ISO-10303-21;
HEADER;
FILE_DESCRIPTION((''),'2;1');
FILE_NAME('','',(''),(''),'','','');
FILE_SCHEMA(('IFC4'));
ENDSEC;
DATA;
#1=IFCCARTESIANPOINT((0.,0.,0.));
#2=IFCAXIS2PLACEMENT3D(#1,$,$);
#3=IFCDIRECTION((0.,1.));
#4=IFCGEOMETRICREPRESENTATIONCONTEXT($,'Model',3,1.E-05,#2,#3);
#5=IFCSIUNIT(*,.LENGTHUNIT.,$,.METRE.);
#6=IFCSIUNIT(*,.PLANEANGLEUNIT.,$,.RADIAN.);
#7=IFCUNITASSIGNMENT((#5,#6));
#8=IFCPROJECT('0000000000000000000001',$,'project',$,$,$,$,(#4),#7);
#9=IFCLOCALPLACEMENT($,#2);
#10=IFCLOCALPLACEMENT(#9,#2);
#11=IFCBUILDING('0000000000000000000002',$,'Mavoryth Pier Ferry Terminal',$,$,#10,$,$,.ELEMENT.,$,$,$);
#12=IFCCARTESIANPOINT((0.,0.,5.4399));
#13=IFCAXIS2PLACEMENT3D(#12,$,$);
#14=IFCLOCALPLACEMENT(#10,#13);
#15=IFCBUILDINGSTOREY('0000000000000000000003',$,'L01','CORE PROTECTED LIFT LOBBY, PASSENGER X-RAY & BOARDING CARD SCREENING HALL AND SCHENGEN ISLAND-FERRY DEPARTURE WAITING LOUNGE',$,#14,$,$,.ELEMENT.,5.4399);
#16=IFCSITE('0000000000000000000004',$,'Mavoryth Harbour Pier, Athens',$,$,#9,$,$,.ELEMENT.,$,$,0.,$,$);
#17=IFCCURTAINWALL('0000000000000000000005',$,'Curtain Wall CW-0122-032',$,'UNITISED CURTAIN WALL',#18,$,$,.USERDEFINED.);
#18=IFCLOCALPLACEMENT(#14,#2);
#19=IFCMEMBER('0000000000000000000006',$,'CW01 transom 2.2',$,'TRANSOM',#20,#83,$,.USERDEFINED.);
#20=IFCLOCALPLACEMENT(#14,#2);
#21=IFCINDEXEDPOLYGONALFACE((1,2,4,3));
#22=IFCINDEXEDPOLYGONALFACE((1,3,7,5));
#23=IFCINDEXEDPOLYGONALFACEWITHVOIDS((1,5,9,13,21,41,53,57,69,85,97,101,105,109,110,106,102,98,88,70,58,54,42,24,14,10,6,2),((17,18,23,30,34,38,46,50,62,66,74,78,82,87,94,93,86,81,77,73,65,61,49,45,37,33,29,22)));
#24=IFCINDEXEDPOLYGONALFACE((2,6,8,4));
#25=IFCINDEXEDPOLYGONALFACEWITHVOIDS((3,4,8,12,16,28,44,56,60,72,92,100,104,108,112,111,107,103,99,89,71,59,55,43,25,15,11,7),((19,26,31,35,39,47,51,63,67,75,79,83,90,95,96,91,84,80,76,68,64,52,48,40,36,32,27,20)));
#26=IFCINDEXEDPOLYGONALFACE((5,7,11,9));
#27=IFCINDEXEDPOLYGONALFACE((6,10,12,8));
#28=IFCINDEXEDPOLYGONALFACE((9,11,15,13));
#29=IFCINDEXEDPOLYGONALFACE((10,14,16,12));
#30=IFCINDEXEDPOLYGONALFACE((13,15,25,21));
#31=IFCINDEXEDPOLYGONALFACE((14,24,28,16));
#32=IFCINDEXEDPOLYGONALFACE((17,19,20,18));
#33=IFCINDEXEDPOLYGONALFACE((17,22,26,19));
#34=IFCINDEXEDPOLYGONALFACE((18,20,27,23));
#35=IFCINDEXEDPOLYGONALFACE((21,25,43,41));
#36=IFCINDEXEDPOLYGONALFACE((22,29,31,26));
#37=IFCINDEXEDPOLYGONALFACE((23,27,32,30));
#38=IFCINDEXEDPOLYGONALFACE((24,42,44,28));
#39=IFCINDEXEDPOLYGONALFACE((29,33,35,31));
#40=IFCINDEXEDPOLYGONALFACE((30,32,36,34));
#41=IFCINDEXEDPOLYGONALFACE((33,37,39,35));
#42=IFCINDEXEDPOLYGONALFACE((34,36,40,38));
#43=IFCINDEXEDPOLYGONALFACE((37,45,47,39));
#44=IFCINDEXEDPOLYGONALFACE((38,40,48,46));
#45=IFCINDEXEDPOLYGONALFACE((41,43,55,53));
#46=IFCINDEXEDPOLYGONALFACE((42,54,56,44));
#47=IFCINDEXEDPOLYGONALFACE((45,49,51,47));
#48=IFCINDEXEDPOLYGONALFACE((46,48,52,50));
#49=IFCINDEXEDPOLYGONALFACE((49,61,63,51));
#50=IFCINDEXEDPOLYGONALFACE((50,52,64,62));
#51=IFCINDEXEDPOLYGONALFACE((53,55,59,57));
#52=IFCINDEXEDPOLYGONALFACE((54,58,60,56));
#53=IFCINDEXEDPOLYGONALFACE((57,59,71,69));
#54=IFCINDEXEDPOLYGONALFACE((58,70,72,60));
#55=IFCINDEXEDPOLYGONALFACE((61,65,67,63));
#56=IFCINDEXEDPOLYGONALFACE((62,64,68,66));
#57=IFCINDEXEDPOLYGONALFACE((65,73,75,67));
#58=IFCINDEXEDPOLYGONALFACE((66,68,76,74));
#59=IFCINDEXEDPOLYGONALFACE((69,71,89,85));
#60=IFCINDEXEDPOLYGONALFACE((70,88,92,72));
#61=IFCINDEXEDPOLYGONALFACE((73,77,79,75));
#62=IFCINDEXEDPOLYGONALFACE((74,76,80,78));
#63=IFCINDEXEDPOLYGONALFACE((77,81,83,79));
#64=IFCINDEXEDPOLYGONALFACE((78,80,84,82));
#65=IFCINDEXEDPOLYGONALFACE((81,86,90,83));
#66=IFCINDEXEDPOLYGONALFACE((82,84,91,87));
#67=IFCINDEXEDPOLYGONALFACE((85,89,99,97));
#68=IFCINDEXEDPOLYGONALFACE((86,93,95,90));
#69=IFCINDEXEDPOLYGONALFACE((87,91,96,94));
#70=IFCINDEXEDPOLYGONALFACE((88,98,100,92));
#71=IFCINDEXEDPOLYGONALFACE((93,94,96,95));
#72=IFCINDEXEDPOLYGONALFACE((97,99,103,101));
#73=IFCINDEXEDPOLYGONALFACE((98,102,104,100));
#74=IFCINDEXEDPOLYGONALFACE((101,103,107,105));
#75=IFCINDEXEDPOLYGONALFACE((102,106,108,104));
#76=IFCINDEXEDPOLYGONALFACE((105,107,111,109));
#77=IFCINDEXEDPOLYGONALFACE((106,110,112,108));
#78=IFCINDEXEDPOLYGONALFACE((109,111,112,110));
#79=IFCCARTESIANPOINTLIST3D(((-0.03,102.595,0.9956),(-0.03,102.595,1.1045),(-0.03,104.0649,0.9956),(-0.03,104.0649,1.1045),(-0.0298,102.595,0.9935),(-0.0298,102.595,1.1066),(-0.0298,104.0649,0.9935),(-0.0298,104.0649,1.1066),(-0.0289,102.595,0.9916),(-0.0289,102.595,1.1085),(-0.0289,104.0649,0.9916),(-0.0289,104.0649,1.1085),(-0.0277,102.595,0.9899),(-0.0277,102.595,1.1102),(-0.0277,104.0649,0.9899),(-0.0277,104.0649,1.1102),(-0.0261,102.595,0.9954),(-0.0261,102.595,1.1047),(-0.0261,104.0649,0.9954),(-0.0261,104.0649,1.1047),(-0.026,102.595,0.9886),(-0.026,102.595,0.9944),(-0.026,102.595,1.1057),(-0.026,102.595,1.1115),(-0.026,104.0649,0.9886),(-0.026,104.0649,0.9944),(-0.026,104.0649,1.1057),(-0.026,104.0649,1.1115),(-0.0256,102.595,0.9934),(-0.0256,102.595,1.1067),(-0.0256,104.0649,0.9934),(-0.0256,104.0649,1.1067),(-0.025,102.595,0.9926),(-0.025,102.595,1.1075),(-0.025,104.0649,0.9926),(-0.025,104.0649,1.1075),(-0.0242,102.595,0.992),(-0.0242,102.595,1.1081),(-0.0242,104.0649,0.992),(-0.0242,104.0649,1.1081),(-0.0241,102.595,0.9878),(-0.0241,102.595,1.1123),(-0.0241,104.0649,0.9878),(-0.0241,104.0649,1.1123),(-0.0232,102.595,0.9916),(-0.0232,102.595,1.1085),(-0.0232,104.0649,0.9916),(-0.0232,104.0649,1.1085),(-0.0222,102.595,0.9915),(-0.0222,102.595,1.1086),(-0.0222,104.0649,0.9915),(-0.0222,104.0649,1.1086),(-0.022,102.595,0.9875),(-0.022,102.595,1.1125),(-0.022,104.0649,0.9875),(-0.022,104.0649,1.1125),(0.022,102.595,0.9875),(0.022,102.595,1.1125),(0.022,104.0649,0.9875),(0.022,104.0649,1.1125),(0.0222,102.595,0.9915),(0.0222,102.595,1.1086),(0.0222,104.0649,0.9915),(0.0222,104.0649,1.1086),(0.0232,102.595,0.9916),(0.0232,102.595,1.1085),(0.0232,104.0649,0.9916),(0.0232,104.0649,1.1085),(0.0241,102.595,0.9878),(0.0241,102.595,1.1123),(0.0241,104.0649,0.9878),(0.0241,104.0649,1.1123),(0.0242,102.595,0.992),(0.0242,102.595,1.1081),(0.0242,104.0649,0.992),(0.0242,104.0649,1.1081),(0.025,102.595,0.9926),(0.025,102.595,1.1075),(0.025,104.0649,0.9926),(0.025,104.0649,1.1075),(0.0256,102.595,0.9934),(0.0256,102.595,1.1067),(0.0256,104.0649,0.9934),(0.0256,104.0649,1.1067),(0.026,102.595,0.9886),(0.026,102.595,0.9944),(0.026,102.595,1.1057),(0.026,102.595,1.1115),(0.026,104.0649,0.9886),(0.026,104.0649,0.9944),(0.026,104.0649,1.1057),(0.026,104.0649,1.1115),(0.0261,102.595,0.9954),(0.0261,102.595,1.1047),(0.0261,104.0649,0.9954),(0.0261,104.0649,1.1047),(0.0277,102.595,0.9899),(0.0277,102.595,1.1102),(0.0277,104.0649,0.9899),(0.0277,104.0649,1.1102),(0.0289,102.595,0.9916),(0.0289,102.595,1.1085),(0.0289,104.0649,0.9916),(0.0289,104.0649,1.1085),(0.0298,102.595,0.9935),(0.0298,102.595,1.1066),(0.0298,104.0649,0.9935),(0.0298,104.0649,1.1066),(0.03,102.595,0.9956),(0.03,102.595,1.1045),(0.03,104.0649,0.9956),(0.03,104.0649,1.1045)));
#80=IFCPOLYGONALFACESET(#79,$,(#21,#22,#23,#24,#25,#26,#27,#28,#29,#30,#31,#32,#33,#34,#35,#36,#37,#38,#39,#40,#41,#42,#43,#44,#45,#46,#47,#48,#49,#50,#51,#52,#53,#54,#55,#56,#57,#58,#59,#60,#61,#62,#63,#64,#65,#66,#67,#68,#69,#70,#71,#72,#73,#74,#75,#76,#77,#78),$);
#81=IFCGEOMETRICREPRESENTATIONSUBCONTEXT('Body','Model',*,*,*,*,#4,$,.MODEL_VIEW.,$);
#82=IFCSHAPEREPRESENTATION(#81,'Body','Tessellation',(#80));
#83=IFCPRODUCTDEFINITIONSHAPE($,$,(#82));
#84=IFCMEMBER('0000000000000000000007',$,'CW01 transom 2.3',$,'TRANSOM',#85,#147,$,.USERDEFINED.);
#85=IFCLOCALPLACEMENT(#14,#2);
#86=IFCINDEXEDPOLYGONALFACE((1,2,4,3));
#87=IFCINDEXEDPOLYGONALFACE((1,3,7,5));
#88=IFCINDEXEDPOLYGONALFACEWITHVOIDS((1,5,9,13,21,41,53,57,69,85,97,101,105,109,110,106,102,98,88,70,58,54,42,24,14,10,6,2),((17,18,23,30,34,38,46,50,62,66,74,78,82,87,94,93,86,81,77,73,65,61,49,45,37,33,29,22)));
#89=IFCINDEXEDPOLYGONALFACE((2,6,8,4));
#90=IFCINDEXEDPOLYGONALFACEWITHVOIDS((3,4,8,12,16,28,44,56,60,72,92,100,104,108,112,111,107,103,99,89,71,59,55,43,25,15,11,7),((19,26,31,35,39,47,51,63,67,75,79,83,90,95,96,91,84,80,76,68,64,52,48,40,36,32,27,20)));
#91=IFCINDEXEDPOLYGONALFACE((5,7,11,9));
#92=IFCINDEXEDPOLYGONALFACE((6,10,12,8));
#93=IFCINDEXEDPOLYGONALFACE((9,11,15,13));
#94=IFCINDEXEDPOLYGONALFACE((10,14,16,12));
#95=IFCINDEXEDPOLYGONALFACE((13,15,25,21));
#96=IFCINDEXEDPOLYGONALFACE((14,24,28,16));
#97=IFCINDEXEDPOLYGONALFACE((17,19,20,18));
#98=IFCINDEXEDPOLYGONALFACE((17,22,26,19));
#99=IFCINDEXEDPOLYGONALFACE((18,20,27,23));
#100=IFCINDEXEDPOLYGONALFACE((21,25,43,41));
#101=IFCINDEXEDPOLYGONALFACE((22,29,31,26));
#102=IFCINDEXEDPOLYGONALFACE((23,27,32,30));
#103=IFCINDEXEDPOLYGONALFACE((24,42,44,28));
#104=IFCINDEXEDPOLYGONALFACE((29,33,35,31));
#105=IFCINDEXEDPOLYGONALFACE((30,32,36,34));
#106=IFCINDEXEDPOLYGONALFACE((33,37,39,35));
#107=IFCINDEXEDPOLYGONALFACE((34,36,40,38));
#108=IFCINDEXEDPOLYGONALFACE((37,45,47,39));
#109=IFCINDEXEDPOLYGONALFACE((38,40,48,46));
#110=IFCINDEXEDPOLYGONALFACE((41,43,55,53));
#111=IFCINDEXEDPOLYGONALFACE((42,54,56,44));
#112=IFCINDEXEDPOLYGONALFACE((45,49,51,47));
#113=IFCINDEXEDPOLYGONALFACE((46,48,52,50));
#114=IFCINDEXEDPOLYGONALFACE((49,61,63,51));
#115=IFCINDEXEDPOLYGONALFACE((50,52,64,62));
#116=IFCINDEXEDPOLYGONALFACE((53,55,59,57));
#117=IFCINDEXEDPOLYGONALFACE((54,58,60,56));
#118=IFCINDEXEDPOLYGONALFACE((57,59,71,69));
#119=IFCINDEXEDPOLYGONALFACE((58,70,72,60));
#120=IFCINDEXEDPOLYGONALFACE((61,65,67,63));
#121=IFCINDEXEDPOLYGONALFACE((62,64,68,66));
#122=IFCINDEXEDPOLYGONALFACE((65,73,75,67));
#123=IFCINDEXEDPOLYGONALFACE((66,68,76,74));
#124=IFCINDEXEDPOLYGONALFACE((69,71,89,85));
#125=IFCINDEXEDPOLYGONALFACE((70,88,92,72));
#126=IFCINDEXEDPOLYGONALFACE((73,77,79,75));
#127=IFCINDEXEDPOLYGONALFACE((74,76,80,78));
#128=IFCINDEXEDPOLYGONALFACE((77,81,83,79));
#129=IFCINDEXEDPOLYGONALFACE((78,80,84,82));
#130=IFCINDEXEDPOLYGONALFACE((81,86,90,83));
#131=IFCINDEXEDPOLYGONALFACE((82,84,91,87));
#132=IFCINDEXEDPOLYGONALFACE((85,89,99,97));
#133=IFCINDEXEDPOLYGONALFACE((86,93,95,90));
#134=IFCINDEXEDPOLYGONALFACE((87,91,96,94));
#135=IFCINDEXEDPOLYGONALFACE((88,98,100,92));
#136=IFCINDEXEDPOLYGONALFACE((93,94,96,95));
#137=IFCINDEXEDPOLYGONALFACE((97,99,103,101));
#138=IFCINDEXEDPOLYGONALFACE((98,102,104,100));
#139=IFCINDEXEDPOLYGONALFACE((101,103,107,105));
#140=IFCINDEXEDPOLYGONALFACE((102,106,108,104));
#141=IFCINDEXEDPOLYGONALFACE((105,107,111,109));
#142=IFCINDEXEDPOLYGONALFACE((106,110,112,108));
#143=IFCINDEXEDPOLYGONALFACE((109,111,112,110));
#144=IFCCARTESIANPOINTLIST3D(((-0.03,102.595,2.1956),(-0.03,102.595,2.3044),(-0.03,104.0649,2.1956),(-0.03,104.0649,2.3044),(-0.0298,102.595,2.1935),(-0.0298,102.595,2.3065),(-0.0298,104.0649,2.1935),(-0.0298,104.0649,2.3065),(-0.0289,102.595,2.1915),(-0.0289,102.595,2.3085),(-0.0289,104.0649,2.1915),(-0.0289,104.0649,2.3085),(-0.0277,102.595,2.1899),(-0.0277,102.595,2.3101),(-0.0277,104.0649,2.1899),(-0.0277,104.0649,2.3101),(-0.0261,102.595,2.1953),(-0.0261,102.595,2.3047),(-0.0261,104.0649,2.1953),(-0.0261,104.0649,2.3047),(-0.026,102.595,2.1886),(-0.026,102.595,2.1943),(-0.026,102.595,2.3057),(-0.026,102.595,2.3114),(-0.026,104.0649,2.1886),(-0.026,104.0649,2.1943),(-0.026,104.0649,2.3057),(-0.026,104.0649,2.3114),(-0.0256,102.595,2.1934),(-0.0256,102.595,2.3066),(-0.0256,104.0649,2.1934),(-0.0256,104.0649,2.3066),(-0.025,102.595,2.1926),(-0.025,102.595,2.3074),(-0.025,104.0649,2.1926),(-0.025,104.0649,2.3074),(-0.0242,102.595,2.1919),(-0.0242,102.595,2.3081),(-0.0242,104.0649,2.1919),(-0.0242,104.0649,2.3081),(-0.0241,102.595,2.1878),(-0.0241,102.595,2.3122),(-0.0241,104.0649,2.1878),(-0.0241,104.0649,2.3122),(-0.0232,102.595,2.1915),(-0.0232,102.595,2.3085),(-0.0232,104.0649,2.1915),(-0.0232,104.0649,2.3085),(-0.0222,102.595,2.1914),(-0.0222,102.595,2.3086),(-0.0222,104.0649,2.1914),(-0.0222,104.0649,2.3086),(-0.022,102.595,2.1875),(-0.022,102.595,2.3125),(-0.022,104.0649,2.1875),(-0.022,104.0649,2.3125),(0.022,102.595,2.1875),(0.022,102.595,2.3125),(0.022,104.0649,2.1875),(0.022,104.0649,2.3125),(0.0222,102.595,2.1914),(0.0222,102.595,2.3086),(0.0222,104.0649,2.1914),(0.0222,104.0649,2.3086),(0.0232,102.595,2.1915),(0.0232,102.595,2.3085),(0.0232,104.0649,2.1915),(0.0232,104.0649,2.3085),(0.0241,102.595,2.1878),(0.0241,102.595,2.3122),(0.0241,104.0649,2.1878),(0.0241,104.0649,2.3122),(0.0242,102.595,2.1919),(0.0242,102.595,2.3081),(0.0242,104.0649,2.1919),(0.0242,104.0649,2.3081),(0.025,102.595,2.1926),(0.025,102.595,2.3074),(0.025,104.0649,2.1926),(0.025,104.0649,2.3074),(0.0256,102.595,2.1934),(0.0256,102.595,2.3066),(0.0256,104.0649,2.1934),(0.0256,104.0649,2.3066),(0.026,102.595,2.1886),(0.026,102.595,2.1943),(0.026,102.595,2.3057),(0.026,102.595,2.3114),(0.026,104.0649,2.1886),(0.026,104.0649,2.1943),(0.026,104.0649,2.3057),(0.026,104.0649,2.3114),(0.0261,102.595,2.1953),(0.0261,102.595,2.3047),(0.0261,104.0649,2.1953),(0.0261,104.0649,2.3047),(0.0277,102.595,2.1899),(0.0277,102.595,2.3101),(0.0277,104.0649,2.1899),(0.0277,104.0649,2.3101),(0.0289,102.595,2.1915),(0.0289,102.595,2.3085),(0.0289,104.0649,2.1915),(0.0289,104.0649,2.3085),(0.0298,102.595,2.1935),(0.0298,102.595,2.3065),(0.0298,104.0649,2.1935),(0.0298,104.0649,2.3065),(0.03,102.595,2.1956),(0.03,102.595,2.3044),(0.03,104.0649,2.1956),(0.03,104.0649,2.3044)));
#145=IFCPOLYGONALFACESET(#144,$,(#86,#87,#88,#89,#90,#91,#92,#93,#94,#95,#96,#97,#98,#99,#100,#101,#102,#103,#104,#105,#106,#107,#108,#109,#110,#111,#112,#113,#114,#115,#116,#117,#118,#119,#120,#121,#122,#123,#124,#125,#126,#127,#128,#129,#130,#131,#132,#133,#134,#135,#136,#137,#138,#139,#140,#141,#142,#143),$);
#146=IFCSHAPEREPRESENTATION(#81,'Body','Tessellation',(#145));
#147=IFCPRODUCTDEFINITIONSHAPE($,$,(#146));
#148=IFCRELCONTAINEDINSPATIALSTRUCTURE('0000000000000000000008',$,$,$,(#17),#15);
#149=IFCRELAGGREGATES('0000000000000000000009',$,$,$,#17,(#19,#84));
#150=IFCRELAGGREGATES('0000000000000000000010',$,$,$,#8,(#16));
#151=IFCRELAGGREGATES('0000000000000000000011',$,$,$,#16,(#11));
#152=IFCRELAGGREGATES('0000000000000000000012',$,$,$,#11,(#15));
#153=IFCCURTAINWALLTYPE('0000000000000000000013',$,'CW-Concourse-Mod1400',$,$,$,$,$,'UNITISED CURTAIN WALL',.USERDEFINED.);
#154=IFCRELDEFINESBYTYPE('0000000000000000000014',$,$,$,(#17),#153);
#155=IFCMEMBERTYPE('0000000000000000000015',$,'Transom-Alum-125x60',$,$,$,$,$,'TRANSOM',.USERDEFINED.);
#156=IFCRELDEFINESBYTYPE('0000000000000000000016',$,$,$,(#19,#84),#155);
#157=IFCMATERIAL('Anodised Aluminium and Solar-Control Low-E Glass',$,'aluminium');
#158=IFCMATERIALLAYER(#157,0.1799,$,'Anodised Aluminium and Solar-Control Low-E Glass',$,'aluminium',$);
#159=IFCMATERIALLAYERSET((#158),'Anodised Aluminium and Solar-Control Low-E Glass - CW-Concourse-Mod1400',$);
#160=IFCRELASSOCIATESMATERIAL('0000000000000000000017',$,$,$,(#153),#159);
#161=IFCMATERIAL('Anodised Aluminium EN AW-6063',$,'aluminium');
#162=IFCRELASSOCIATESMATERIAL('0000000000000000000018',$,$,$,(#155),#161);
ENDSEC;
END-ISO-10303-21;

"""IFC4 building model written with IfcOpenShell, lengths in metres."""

from ifc_helpers import new_model, si_unit, direction, frame, origin, origin_2d, place, context, subcontext, project, spatial, hollow_rectangle, extrude, material, layer, layer_set, material_profile, profile_set, type_object, element, aggregate, save


model = new_model("IFC4")

# Units and contexts
model_context = context("Model", 3, precision=1e-05, world=origin(), true_north=direction((0.0, 1.0)))
body_context = subcontext(model_context, "Body", "Model", "MODEL_VIEW")
ifc_project = project(units=[si_unit("LENGTHUNIT", "METRE"), si_unit("PLANEANGLEUNIT", "RADIAN")], contexts=[model_context])

# Site, building, storey
site_placement = place(None, origin())
site = spatial("IfcSite", under=ifc_project, at=site_placement, Name="Mavoryth Harbour Pier, Athens", CompositionType="ELEMENT", RefElevation=0.0)
building_placement = place(site_placement, origin())
building = spatial("IfcBuilding", under=site, at=building_placement, Name="Mavoryth Pier Ferry Terminal", CompositionType="ELEMENT")
storey_placement = place(building_placement, frame((0.0, 0.0, 5.4399)))
storey = spatial("IfcBuildingStorey", under=building, at=storey_placement, Name="L01", Description="CORE PROTECTED LIFT LOBBY, PASSENGER X-RAY & BOARDING CARD SCREENING HALL AND SCHENGEN ISLAND-FERRY DEPARTURE WAITING LOUNGE", CompositionType="ELEMENT", Elevation=5.4399)

# Curtain wall
ifc_material_1 = material(Name="Anodised Aluminium and Solar-Control Low-E Glass", Category="aluminium")
ifc_layer_1 = layer(ifc_material_1, 0.1799, Name="Anodised Aluminium and Solar-Control Low-E Glass", Category="aluminium")
ifc_layer_set_1 = layer_set([ifc_layer_1], Name="Anodised Aluminium and Solar-Control Low-E Glass - CW-Concourse-Mod1400")
curtain_wall_type_1 = type_object("IfcCurtainWallType", Name="CW-Concourse-Mod1400", ElementType="UNITISED CURTAIN WALL", PredefinedType="USERDEFINED", material=ifc_layer_set_1)
curtain_wall_1_placement = place(storey_placement, origin())
curtain_wall_1 = element("IfcCurtainWall", 1, at=curtain_wall_1_placement, inside=storey, type_object=curtain_wall_type_1, Name="Curtain Wall CW-0122-032", ObjectType="UNITISED CURTAIN WALL", PredefinedType="USERDEFINED")
ifc_material_2 = material(Name="Anodised Aluminium EN AW-6063", Category="aluminium")

# Members
ifc_material_profile_1 = material_profile(ifc_material_2, hollow_rectangle(XDim=0.0601, YDim=0.125, WallThickness=0.0039, InnerFilletRadius=0.0039, OuterFilletRadius=0.0081, at=origin_2d()), Name="AL-TRAN 125x60x4", Category="aluminium")
ifc_profile_set_1 = profile_set([ifc_material_profile_1], Name="Anodised Aluminium EN AW-6063 - AL-TRAN 125x60x4")
member_type_1 = type_object("IfcMemberType", Name="Transom-Alum-125x60", ElementType="TRANSOM", PredefinedType="USERDEFINED", material=ifc_profile_set_1)
member_1_placement = place(storey_placement, frame((0.0, 104.0649, 1.05), z_axis=(0.0, -1.0, 0.0), x_axis=(1.0, 0.0, 0.0)))
member_1 = element("IfcMember", 2, at=member_1_placement, type_object=member_type_1, Name="CW01 transom 2.2", ObjectType="TRANSOM", PredefinedType="USERDEFINED", context=body_context, shape_type="SweptSolid", body=[
    extrude(hollow_rectangle(XDim=0.0601, YDim=0.125, WallThickness=0.0039, InnerFilletRadius=0.0039, OuterFilletRadius=0.0081, at=origin_2d()), origin(), (0.0, 0.0, 1.0), 1.47),
])
member_2_placement = place(storey_placement, frame((0.0, 104.0649, 2.25), z_axis=(0.0, -1.0, 0.0), x_axis=(1.0, 0.0, 0.0)))
member_2 = element("IfcMember", 3, at=member_2_placement, type_object=member_type_1, Name="CW01 transom 2.3", ObjectType="TRANSOM", PredefinedType="USERDEFINED", context=body_context, shape_type="SweptSolid", body=[
    extrude(hollow_rectangle(XDim=0.0601, YDim=0.125, WallThickness=0.0039, InnerFilletRadius=0.0039, OuterFilletRadius=0.0081, at=origin_2d()), origin(), (0.0, 0.0, 1.0), 1.47),
])

aggregate(curtain_wall_1, [member_1, member_2])

save(model, "model.ifc")
